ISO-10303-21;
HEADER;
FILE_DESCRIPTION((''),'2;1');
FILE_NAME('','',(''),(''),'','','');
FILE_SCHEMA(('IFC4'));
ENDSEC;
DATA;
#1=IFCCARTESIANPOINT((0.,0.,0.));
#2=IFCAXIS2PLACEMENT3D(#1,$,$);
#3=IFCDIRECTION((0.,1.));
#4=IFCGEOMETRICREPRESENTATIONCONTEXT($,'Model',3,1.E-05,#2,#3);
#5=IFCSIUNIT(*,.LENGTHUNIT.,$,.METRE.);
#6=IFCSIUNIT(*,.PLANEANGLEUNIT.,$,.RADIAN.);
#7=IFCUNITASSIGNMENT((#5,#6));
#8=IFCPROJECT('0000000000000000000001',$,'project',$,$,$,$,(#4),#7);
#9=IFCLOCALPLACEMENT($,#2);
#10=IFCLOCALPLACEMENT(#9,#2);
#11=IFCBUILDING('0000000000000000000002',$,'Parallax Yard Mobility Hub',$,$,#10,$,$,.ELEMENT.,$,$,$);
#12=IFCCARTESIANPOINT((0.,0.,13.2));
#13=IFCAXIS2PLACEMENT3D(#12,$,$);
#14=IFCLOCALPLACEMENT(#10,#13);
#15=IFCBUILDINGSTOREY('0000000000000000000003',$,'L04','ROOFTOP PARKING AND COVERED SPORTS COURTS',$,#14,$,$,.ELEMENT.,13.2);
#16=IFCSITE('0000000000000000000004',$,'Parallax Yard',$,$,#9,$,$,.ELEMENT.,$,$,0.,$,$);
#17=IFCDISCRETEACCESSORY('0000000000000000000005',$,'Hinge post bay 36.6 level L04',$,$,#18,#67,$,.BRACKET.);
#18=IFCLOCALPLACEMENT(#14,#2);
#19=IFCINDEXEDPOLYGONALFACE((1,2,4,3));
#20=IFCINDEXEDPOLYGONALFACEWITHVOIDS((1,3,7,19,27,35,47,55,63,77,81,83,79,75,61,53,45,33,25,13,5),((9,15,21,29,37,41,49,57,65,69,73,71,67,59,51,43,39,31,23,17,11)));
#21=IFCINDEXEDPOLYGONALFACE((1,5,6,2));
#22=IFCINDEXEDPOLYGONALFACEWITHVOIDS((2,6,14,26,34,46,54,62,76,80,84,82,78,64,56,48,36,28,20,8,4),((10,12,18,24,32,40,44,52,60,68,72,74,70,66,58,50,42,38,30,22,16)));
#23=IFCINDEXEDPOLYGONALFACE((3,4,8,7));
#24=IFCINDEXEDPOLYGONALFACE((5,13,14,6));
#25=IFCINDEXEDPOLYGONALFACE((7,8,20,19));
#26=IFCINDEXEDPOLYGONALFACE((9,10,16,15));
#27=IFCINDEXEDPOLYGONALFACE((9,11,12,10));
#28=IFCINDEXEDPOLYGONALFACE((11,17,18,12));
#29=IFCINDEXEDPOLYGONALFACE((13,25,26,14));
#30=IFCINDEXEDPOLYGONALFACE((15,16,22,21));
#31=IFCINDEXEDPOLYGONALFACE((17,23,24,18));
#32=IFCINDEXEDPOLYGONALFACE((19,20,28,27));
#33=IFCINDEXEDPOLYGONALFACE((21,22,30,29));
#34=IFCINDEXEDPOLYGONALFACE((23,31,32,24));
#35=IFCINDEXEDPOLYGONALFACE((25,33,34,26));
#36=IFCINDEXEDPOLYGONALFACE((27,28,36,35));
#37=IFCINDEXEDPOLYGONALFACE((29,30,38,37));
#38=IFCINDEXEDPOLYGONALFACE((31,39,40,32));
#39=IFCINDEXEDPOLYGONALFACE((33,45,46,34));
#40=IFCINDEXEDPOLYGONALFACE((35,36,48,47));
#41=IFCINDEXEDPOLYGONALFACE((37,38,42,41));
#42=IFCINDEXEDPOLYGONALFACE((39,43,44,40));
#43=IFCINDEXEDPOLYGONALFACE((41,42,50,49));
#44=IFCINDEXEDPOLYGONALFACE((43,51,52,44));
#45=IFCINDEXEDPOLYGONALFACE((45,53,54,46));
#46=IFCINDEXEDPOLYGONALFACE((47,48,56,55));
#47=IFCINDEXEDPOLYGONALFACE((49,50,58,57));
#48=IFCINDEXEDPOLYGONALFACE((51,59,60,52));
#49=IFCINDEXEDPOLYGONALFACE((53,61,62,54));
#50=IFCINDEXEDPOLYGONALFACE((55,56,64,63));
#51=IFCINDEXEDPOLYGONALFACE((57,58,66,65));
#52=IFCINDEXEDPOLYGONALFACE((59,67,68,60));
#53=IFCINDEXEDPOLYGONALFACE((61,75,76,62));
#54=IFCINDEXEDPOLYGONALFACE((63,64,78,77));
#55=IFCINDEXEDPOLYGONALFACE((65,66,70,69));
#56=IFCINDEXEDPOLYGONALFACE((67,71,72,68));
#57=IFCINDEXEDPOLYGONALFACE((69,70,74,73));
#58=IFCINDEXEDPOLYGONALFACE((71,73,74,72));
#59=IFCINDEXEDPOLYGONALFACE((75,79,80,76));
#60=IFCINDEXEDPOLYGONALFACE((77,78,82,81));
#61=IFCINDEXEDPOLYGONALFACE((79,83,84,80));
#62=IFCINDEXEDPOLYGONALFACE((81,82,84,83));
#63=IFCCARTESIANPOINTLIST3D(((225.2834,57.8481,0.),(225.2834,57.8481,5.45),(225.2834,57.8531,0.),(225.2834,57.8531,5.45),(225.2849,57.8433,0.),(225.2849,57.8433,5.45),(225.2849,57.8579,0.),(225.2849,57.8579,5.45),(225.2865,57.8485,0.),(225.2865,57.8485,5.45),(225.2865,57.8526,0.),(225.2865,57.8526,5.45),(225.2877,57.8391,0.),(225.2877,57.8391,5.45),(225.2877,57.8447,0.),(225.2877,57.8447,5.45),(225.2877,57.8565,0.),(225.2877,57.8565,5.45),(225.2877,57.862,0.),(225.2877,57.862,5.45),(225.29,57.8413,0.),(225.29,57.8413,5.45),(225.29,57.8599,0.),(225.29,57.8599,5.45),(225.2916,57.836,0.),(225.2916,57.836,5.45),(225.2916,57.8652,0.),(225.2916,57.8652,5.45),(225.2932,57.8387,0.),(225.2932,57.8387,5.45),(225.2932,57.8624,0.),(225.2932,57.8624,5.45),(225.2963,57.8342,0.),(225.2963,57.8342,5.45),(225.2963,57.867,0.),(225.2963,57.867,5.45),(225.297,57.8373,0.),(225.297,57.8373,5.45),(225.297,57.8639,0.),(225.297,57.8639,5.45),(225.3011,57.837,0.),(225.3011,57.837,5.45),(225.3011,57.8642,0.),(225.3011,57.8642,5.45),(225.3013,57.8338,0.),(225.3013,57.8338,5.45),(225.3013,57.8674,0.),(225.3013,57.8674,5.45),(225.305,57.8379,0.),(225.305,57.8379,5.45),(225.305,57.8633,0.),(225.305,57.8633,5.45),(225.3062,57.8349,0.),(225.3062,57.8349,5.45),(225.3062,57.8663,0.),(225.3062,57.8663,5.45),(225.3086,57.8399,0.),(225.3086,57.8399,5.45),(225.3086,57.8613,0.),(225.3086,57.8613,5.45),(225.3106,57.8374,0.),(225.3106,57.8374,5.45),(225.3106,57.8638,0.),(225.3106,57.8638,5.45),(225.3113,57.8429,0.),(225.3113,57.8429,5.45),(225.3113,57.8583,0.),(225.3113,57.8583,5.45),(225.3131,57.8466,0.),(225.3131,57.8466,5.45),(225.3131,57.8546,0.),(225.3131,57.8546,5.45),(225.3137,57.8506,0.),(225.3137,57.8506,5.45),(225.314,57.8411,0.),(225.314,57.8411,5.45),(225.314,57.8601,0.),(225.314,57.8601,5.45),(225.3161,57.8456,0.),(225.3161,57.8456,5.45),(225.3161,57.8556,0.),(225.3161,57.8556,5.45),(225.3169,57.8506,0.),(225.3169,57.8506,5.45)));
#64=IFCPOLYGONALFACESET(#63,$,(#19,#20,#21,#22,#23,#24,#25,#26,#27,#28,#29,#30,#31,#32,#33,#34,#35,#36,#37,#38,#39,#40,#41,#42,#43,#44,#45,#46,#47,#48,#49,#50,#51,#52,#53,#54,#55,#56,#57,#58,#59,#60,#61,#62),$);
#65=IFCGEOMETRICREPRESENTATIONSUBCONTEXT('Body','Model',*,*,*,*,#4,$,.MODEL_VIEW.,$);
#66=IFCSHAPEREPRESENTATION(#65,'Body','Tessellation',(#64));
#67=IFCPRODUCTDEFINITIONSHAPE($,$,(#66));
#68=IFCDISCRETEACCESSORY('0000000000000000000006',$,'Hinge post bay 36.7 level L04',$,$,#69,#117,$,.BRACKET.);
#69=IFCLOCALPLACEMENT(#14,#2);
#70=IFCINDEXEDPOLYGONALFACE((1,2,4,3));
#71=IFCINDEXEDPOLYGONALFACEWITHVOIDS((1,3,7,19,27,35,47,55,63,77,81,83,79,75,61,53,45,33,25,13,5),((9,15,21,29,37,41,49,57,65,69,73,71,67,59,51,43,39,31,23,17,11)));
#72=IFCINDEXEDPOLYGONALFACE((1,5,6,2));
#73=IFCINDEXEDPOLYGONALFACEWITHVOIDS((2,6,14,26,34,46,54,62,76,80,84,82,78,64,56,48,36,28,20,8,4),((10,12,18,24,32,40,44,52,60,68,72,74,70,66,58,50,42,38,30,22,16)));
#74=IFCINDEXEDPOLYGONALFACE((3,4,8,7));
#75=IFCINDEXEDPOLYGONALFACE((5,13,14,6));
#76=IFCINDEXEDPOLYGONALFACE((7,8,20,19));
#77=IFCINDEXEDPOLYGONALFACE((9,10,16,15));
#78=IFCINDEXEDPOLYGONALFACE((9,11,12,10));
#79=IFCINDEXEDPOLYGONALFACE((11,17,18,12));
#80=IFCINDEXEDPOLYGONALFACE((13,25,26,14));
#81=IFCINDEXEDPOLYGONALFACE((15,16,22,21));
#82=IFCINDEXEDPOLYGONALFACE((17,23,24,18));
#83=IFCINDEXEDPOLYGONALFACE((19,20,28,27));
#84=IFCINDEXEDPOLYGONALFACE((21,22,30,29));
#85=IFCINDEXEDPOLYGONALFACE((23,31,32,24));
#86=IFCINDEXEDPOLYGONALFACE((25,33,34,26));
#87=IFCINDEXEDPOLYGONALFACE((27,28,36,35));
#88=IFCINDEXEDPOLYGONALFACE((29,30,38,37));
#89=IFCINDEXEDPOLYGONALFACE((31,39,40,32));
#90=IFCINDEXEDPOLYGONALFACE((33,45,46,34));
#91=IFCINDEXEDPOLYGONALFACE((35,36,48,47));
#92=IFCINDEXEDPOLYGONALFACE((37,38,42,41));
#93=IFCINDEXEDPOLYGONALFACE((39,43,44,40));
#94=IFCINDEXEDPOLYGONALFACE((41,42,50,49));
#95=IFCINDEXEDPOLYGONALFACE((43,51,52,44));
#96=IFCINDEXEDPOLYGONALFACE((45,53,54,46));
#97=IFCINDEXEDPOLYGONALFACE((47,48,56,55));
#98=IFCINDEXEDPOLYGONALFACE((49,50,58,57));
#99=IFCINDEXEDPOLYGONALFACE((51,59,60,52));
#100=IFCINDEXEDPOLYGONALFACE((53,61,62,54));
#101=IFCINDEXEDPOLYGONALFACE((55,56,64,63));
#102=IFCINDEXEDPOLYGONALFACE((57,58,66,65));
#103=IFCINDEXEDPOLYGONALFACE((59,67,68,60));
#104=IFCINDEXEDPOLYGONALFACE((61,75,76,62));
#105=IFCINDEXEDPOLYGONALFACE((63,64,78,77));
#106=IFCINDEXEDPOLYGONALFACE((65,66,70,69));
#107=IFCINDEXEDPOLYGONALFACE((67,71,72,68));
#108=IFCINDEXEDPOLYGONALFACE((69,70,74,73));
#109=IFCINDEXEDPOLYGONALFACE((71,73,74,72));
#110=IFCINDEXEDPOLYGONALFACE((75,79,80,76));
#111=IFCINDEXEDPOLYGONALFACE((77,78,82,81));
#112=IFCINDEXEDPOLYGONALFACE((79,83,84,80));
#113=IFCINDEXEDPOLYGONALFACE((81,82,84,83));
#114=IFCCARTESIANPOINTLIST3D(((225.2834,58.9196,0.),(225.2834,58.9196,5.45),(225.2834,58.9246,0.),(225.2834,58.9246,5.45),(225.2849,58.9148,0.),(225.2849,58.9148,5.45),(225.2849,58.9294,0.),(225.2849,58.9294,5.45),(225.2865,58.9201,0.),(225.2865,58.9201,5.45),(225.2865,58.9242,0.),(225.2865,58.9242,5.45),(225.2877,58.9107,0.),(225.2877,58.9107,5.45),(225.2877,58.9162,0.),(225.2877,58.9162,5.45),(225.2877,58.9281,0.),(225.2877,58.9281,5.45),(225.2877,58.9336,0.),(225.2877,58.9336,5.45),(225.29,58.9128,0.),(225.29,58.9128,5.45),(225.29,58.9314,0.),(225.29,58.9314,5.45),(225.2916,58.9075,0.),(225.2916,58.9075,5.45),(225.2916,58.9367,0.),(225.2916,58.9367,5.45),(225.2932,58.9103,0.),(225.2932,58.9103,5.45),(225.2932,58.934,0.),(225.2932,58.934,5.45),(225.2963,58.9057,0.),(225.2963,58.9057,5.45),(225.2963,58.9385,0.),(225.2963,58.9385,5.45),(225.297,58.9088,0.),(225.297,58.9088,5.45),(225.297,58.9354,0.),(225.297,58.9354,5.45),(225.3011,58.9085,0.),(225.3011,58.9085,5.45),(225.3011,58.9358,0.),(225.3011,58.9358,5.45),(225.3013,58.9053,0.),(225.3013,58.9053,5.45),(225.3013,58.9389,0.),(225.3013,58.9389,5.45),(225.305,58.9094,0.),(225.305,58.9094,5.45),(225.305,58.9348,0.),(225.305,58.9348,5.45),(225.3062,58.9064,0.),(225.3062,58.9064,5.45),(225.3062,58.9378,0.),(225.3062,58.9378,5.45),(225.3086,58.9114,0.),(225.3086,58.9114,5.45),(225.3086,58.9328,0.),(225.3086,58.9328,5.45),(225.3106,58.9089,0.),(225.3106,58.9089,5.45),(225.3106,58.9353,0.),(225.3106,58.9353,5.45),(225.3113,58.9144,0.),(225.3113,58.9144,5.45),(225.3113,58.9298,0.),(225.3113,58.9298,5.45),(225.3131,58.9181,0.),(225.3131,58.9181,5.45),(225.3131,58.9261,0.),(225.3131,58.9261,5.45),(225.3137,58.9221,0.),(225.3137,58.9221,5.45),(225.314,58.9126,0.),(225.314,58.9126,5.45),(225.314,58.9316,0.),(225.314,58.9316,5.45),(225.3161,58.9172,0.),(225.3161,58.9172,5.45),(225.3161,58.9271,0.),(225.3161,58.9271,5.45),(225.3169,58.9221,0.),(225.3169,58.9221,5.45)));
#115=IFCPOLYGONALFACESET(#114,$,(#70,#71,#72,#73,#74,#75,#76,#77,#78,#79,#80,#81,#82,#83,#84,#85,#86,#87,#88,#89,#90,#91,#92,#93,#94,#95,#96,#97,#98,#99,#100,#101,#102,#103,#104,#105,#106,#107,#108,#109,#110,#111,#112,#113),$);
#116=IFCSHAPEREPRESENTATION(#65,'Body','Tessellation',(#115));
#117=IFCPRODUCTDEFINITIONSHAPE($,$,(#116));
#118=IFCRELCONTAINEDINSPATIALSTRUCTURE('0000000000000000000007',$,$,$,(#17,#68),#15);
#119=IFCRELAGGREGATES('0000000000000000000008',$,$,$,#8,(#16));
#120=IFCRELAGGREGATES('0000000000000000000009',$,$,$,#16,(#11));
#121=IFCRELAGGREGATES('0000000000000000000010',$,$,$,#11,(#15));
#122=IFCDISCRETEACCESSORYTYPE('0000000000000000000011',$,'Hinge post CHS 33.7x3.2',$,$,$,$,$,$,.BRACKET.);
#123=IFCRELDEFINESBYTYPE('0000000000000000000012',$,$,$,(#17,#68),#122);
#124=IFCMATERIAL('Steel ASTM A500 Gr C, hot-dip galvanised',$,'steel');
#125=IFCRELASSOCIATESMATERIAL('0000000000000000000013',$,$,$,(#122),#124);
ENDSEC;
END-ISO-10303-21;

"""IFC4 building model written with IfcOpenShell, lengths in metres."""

from ifc_helpers import new_model, si_unit, direction, frame, origin, origin_2d, place, context, subcontext, project, spatial, hollow_circle, extrude, material, material_profile, profile_set, type_object, element, save


model = new_model("IFC4")

# Units and contexts
model_context = context("Model", 3, precision=1e-05, world=origin(), true_north=direction((0.0, 1.0)))
body_context = subcontext(model_context, "Body", "Model", "MODEL_VIEW")
ifc_project = project(units=[si_unit("LENGTHUNIT", "METRE"), si_unit("PLANEANGLEUNIT", "RADIAN")], contexts=[model_context])

# Site, building, storey
site_placement = place(None, origin())
site = spatial("IfcSite", under=ifc_project, at=site_placement, Name="Parallax Yard", CompositionType="ELEMENT", RefElevation=0.0)
building_placement = place(site_placement, origin())
building = spatial("IfcBuilding", under=site, at=building_placement, Name="Parallax Yard Mobility Hub", CompositionType="ELEMENT")
storey_placement = place(building_placement, frame((0.0, 0.0, 13.2)))
storey = spatial("IfcBuildingStorey", under=building, at=storey_placement, Name="L04", Description="ROOFTOP PARKING AND COVERED SPORTS COURTS", CompositionType="ELEMENT", Elevation=13.2)

# Discrete accessories
ifc_material_1 = material(Name="Steel ASTM A500 Gr C, hot-dip galvanised", Category="steel")
ifc_material_profile = material_profile(ifc_material_1, hollow_circle(Radius=0.0168, WallThickness=0.0032, at=origin_2d()), Name="CHS 33.7x3.2")
ifc_profile_set = profile_set([ifc_material_profile], Name="Steel ASTM A500 Gr C, hot-dip galvanised")
discrete_accessory_type = type_object("IfcDiscreteAccessoryType", Name="Hinge post CHS 33.7x3.2", PredefinedType="BRACKET", material=ifc_profile_set)
for number, where, z_axis, x_axis, name in (
    (1, (225.3, 57.8506, 0.0), (0.0, 0.0, 1.0), (1.0, 0.0, 0.0), "Hinge post bay 36.6 level L04"),
    (2, (225.3, 58.9221, 0.0), (0.0, 0.0, 1.0), (1.0, 0.0, 0.0), "Hinge post bay 36.7 level L04"),
):
    element("IfcDiscreteAccessory", number, at=place(storey_placement, frame(where, z_axis=z_axis, x_axis=x_axis)), inside=storey, type_object=discrete_accessory_type, Name=name, PredefinedType="BRACKET", context=body_context, shape_type="SweptSolid", body=[
        extrude(hollow_circle(Radius=0.0168, WallThickness=0.0032, at=origin_2d()), origin(), (0.0, 0.0, 1.0), 5.45),
    ])

save(model, "model.ifc")
